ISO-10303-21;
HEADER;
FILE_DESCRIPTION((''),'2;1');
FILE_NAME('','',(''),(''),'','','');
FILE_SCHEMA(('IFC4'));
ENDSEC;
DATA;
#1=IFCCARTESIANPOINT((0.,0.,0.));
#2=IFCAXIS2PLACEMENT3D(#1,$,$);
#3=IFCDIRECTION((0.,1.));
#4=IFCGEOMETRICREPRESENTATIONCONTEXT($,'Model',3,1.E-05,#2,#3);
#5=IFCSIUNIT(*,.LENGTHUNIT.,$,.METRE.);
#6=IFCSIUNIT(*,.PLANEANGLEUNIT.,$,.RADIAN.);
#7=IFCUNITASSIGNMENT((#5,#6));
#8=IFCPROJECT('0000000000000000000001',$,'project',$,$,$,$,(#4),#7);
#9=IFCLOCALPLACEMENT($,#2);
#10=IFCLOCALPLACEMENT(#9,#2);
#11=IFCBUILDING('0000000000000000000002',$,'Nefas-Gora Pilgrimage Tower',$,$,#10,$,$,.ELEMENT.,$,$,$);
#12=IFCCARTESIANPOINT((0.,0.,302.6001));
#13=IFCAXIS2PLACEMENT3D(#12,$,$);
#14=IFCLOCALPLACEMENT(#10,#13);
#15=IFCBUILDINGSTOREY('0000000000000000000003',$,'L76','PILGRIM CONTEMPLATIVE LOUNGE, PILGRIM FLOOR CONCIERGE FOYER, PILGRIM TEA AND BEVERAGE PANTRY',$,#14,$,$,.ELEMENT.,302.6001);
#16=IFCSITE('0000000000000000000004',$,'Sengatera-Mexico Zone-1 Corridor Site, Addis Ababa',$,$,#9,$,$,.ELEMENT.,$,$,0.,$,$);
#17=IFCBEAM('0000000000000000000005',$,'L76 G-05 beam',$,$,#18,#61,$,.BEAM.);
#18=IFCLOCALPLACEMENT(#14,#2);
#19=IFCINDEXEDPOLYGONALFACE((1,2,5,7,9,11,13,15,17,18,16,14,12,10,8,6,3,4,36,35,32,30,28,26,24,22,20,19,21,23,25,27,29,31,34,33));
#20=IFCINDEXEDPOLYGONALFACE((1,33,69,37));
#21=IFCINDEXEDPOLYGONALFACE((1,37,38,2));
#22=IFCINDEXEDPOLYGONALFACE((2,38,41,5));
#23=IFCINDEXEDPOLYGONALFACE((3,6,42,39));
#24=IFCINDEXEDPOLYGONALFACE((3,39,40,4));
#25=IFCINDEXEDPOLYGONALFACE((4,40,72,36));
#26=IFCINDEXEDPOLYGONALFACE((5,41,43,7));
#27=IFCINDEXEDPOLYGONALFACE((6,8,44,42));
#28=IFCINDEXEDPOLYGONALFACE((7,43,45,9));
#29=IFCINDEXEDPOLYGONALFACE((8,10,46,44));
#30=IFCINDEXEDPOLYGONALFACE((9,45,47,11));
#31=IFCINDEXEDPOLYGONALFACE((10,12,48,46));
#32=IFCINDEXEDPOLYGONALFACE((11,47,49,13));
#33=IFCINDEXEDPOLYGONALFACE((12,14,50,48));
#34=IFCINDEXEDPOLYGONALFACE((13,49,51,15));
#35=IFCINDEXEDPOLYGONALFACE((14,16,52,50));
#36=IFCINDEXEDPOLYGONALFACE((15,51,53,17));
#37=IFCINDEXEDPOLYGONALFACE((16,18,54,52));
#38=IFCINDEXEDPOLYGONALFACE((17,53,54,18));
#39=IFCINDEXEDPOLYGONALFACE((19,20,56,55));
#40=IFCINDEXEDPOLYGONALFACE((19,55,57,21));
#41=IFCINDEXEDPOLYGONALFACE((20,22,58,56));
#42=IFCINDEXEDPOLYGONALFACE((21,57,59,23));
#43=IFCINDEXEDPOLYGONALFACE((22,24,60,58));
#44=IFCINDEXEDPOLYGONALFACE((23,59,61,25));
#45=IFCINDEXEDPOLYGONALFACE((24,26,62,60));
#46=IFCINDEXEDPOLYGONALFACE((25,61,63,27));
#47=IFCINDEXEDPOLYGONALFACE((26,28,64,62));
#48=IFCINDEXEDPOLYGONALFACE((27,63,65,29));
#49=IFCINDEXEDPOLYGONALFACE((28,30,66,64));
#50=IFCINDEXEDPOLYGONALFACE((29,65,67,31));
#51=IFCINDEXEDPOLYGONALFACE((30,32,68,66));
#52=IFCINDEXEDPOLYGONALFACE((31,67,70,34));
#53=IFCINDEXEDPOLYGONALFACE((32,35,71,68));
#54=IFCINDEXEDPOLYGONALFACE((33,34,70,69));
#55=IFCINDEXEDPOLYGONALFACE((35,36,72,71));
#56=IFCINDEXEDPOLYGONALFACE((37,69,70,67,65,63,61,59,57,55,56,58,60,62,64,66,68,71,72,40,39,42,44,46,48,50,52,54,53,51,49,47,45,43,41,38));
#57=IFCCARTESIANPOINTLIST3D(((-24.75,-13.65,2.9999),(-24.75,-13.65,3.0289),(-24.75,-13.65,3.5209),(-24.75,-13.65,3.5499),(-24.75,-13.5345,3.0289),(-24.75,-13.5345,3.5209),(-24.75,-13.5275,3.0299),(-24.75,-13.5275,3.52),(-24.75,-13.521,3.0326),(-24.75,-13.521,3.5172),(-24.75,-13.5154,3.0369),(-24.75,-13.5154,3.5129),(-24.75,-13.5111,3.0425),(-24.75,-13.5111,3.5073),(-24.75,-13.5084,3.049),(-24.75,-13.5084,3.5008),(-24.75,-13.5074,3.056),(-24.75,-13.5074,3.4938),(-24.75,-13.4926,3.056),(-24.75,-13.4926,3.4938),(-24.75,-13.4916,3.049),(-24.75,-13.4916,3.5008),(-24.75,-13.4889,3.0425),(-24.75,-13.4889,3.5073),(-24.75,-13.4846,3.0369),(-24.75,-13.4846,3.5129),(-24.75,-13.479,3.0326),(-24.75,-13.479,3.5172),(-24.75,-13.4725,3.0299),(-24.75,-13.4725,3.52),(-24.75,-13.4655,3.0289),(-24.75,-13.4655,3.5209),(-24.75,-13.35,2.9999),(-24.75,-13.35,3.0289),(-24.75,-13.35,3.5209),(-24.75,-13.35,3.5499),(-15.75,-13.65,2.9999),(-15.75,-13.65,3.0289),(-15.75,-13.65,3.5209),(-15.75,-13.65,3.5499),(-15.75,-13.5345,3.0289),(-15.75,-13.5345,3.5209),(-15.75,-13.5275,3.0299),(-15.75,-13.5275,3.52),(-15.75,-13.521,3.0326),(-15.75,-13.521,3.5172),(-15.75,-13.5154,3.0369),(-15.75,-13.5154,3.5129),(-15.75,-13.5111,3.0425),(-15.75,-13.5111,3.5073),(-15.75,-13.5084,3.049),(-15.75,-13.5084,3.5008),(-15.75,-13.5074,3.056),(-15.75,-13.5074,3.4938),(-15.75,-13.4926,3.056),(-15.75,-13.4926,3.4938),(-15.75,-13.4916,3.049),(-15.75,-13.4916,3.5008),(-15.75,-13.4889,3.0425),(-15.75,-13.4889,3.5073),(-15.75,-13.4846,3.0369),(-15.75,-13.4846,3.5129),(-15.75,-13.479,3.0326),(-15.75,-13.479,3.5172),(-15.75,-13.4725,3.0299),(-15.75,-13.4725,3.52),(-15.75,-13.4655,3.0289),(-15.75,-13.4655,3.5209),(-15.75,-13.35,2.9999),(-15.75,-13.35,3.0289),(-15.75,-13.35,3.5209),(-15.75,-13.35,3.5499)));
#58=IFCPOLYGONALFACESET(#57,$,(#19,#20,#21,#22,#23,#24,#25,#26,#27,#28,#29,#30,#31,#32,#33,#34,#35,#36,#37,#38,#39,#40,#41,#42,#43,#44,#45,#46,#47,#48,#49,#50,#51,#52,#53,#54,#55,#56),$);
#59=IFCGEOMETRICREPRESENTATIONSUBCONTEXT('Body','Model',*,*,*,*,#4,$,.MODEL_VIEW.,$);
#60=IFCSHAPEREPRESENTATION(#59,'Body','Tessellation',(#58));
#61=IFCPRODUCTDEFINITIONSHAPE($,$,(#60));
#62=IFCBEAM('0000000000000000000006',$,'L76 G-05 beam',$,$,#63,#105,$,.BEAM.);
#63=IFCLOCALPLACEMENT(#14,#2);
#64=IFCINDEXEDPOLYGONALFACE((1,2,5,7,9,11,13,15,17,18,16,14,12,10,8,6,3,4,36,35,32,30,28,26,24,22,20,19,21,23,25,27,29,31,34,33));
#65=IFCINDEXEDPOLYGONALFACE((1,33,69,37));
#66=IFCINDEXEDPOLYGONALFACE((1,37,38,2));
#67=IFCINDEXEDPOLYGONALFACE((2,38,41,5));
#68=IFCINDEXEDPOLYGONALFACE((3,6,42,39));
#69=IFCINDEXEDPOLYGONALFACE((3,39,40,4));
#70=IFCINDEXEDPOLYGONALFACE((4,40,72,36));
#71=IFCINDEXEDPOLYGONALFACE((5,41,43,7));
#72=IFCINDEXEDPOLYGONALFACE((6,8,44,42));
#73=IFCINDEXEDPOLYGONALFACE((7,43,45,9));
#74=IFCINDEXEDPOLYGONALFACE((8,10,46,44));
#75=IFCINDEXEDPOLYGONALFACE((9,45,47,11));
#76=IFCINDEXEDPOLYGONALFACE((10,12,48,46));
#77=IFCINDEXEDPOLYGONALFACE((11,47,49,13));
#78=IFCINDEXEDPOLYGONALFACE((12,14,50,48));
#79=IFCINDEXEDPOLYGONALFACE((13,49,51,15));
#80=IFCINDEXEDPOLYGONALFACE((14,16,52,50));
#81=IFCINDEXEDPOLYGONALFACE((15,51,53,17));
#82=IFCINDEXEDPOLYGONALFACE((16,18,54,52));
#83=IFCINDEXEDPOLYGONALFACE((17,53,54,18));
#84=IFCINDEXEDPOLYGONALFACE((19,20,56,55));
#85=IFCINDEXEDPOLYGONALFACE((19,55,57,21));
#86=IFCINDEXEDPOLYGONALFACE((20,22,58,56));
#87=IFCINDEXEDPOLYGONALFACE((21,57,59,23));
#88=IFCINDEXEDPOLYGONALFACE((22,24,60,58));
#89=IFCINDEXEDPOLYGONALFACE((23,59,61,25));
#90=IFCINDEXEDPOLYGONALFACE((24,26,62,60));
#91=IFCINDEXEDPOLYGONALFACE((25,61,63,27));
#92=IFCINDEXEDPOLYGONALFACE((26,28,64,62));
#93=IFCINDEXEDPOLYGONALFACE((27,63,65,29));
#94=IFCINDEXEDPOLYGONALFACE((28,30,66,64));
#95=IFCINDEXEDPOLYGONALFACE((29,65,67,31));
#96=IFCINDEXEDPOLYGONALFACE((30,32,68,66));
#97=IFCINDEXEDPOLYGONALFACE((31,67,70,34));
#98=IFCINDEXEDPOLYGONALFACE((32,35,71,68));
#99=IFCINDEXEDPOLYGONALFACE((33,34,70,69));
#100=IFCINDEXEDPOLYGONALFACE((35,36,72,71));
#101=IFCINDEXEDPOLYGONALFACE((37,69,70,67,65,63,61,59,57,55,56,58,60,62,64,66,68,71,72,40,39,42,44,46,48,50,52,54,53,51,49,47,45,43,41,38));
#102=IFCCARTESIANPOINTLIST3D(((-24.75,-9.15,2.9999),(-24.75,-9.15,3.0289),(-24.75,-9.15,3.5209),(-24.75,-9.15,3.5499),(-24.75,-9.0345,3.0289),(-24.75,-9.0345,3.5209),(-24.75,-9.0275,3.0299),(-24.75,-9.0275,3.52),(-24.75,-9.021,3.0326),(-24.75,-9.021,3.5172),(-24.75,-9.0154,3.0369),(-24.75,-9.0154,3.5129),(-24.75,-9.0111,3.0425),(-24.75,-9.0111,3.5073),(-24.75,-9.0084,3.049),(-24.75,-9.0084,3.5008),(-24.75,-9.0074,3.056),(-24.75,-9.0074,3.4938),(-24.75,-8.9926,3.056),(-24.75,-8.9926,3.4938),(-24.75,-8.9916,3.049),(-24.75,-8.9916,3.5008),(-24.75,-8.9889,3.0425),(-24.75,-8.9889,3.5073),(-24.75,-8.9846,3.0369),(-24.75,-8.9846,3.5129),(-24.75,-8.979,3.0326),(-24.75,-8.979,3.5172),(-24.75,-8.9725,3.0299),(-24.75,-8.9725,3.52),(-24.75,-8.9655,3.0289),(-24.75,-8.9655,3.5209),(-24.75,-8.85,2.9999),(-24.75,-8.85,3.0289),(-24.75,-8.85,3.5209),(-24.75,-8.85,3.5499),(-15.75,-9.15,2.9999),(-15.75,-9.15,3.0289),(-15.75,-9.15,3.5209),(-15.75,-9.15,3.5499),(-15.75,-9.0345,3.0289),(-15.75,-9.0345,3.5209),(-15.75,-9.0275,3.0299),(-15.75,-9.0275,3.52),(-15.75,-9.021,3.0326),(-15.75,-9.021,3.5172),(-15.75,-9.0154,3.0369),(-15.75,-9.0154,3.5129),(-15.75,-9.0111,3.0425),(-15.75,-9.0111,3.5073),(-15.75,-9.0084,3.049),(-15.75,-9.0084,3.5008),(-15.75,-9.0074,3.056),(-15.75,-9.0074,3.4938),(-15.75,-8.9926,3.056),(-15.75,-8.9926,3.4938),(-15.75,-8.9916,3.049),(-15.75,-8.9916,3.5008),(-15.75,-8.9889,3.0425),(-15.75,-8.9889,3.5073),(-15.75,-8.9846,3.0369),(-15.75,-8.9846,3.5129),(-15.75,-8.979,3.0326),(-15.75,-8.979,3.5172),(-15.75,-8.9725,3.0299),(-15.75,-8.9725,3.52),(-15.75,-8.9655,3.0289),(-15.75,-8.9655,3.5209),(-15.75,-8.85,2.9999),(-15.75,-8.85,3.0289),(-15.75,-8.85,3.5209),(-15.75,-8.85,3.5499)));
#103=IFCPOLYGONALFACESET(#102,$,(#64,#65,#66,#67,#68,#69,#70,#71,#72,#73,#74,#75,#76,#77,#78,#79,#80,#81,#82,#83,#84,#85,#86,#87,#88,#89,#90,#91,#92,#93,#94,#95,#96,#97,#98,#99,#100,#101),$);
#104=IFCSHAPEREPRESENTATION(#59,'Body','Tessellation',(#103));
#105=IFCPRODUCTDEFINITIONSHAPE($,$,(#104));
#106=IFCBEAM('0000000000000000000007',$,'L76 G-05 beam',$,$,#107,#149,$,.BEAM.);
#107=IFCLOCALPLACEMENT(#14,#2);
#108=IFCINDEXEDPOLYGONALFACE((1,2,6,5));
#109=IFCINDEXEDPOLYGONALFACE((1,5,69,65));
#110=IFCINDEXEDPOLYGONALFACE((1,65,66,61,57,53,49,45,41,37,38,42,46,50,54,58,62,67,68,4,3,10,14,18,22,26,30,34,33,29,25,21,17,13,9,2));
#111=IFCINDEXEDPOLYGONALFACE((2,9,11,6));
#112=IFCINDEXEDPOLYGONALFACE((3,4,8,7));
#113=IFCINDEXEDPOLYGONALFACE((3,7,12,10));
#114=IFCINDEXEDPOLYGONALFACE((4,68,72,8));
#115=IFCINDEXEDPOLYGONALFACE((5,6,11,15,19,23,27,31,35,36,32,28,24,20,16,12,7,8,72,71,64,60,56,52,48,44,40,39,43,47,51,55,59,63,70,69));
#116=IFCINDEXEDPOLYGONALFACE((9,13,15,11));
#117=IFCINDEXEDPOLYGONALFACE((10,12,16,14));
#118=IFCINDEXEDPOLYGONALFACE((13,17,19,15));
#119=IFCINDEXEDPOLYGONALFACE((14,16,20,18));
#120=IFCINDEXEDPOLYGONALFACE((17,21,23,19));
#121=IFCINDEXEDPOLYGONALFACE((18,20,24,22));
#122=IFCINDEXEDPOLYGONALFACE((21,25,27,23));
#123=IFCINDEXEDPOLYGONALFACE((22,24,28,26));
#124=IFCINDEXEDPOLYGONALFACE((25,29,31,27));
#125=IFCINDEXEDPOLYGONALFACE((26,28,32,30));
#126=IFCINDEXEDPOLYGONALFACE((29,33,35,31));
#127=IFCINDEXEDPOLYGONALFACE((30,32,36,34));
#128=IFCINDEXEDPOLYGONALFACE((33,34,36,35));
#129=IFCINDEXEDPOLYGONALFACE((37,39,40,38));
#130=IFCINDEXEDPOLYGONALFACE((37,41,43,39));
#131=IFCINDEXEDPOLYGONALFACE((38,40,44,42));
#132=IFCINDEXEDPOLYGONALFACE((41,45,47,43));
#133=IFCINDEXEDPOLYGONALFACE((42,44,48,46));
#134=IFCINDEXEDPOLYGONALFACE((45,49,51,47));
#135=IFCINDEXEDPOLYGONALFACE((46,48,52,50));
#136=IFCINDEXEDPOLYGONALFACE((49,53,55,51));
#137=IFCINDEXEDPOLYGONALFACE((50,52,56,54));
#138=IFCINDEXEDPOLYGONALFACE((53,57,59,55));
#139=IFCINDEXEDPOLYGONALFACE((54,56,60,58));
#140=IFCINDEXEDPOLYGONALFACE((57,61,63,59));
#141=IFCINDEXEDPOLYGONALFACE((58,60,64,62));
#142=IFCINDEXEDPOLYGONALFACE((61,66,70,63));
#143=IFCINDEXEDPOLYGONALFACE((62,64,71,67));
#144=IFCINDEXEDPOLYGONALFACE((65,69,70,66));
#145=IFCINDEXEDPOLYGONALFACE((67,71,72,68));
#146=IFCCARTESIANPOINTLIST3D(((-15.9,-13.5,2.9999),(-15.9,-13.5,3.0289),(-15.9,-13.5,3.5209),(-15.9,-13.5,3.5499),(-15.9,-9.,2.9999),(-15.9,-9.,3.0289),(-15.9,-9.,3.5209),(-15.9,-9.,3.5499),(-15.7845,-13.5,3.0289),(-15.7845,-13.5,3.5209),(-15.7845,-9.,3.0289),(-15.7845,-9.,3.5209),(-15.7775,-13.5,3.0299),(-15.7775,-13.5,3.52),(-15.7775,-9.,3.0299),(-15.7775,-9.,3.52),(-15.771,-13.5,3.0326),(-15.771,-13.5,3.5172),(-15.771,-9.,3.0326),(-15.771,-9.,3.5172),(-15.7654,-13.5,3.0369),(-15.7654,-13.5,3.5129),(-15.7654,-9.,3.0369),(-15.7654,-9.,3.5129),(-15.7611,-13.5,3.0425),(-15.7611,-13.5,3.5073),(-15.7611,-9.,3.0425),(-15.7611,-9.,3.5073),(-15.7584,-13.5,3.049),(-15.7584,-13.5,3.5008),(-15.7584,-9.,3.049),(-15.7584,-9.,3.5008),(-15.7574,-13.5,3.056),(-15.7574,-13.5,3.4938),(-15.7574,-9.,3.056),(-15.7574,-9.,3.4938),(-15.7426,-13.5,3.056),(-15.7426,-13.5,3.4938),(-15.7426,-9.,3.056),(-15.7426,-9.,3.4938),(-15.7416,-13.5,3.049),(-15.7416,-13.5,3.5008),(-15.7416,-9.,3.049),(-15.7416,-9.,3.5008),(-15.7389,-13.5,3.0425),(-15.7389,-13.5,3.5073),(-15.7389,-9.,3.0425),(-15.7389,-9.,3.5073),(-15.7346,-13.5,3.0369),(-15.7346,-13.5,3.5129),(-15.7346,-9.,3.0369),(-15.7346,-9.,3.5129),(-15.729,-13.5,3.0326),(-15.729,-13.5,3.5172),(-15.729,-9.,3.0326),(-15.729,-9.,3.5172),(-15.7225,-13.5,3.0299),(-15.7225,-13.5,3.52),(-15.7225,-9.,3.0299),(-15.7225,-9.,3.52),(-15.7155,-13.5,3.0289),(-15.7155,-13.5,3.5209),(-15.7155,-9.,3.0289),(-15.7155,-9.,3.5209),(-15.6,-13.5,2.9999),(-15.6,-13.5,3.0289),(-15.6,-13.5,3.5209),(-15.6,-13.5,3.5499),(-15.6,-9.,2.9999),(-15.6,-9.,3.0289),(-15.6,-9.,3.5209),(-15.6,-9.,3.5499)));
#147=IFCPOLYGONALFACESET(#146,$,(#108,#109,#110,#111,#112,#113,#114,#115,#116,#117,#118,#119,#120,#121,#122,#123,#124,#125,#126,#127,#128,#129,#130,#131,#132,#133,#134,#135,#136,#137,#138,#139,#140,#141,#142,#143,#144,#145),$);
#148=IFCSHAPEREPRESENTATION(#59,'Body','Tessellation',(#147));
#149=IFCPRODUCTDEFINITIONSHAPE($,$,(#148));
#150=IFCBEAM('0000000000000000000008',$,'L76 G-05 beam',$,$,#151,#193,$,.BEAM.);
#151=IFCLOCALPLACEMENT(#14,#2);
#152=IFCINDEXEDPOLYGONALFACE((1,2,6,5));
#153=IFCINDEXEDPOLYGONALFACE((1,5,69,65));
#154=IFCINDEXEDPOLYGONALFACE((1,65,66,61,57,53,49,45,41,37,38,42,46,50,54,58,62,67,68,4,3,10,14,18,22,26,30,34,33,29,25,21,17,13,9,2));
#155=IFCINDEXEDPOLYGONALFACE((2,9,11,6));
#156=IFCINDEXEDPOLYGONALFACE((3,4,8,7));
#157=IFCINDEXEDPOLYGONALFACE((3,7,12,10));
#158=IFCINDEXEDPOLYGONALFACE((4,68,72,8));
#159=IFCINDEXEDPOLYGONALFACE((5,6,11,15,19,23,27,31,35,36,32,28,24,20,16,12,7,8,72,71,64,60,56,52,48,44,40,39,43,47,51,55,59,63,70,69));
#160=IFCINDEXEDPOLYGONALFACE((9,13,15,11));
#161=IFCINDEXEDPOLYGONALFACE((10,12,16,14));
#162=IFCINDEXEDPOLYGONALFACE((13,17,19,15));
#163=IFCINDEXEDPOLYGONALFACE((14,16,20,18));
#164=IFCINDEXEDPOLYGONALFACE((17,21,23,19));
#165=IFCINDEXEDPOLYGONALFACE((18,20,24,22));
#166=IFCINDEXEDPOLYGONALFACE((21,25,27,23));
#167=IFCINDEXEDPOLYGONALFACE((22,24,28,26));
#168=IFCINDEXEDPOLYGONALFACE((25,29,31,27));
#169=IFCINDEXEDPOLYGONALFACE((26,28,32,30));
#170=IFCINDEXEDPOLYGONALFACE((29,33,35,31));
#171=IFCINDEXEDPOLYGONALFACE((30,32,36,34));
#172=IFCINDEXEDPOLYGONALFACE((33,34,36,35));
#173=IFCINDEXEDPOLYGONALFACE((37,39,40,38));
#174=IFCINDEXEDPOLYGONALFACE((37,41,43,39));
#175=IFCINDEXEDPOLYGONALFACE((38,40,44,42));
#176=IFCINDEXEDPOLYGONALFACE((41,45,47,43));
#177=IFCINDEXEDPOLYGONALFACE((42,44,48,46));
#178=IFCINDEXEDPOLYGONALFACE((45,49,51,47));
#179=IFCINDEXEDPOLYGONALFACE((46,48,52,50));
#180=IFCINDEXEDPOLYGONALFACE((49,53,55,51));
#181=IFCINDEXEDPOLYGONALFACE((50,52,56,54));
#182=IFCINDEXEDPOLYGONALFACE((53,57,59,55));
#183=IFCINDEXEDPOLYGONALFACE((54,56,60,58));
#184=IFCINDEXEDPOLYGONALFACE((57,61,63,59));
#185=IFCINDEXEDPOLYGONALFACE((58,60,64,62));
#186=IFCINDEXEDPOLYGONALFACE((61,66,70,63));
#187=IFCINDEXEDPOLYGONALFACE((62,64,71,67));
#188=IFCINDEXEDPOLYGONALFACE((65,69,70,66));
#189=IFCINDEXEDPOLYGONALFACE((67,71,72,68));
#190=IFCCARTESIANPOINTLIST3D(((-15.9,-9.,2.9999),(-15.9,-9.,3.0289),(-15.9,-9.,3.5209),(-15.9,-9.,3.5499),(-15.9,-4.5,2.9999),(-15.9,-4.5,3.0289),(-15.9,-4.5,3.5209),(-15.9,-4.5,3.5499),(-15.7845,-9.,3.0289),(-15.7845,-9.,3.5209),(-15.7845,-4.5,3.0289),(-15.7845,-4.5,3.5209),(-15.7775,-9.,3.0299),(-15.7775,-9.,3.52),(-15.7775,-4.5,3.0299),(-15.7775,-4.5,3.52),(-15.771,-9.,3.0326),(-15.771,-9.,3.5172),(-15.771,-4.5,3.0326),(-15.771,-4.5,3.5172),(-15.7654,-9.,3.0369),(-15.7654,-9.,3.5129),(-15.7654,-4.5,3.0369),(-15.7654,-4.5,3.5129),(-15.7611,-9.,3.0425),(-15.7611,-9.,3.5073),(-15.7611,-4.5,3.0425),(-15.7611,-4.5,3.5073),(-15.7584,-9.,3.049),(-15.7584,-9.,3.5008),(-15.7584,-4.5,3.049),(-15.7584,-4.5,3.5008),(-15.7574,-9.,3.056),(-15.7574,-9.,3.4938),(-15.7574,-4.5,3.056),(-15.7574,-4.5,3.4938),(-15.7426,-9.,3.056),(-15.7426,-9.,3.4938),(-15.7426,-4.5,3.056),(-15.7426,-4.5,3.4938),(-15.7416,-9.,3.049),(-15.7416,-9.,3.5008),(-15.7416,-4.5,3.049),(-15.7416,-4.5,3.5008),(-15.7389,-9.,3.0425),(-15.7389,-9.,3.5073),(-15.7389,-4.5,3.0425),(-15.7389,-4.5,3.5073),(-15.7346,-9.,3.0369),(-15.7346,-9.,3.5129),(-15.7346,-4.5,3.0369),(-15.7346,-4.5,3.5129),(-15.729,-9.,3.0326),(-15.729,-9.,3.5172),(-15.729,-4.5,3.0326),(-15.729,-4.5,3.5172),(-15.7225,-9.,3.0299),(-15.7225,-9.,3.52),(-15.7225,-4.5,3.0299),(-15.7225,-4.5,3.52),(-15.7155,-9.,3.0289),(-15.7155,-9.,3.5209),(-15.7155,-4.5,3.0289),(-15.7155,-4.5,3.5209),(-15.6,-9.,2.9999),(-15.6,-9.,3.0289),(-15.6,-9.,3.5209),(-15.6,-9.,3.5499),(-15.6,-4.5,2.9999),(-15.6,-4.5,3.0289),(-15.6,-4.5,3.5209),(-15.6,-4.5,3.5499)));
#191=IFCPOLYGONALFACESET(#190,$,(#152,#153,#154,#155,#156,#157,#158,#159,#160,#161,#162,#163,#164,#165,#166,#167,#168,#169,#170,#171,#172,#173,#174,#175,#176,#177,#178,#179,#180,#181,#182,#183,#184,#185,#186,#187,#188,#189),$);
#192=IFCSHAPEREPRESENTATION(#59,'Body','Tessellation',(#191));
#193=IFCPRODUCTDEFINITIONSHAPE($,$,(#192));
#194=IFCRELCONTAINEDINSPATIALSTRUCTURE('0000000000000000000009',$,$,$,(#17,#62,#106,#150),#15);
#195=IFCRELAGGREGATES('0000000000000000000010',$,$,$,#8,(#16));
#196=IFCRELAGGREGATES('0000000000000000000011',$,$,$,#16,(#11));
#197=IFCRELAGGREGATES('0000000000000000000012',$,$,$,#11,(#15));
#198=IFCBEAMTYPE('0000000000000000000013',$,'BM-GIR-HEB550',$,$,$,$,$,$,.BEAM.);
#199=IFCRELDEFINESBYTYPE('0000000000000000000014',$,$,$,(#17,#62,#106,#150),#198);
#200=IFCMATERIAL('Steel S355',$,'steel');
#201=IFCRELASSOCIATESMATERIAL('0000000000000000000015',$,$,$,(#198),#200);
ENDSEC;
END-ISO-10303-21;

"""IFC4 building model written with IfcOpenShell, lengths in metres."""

from ifc_helpers import new_model, si_unit, direction, frame, origin, origin_2d, place, context, subcontext, project, spatial, i_section, extrude, source, transform, mapped, material, material_profile, profile_set, type_object, element, save


model = new_model("IFC4")

# Units and contexts
model_context = context("Model", 3, precision=1e-05, world=origin(), true_north=direction((0.0, 1.0)))
body_context = subcontext(model_context, "Body", "Model", "MODEL_VIEW")
ifc_project = project(units=[si_unit("LENGTHUNIT", "METRE"), si_unit("PLANEANGLEUNIT", "RADIAN")], contexts=[model_context])

# Site, building, storey
site_placement = place(None, origin())
site = spatial("IfcSite", under=ifc_project, at=site_placement, Name="Sengatera-Mexico Zone-1 Corridor Site, Addis Ababa", CompositionType="ELEMENT", RefElevation=0.0)
building_placement = place(site_placement, origin())
building = spatial("IfcBuilding", under=site, at=building_placement, Name="Nefas-Gora Pilgrimage Tower", CompositionType="ELEMENT")
storey_placement = place(building_placement, frame((0.0, 0.0, 302.6001)))
storey = spatial("IfcBuildingStorey", under=building, at=storey_placement, Name="L76", Description="PILGRIM CONTEMPLATIVE LOUNGE, PILGRIM FLOOR CONCIERGE FOYER, PILGRIM TEA AND BEVERAGE PANTRY", CompositionType="ELEMENT", Elevation=302.6001)

# Shared definitions
ifc_material_1 = material(Name="Steel S355", Category="steel")

# Beams
ifc_material_profile_1 = material_profile(ifc_material_1, i_section(OverallWidth=0.3, OverallDepth=0.55, WebThickness=0.0149, FlangeThickness=0.0291, FilletRadius=0.0271, at=origin_2d()), Name="HEB 550")
ifc_profile_set_1 = profile_set([ifc_material_profile_1], Name="Steel S355")
beam_type_1 = type_object("IfcBeamType", Name="BM-GIR-HEB550", PredefinedType="BEAM", material=ifc_profile_set_1)
shared_shape_1 = source(origin(), body_context, "Body", "SweptSolid", [
    extrude(i_section(OverallWidth=0.3, OverallDepth=0.55, WebThickness=0.0149, FlangeThickness=0.0291, FilletRadius=0.0271, at=origin_2d()), origin(), (0.0, 0.0, 1.0), 9.0),
])
for number, where, z_axis, x_axis, name in (
    (1, (-24.75, -13.5, 3.2749), (1.0, 0.0, 0.0), (0.0, 1.0, 0.0), "L76 G-05 beam"),
    (2, (-24.75, -9.0, 3.2749), (1.0, 0.0, 0.0), (0.0, 1.0, 0.0), "L76 G-05 beam"),
):
    element("IfcBeam", number, at=place(storey_placement, frame(where, z_axis=z_axis, x_axis=x_axis)), inside=storey, type_object=beam_type_1, Name=name, PredefinedType="BEAM", context=body_context, shape_type="MappedRepresentation", body=[
        mapped(shared_shape_1, transform((0.0, 0.0, 0.0), x_axis=(1.0, 0.0, 0.0), y_axis=(0.0, 1.0, 0.0), z_axis=(0.0, 0.0, 1.0), scale=1.0)),
    ])
shared_shape_2 = source(origin(), body_context, "Body", "SweptSolid", [
    extrude(i_section(OverallWidth=0.3, OverallDepth=0.55, WebThickness=0.0149, FlangeThickness=0.0291, FilletRadius=0.0271, at=origin_2d()), origin(), (0.0, 0.0, 1.0), 4.5),
])
for number, where, z_axis, x_axis, name in (
    (3, (-15.75, -13.5, 3.2749), (0.0, 1.0, 0.0), (-1.0, 0.0, 0.0), "L76 G-05 beam"),
    (4, (-15.75, -9.0, 3.2749), (0.0, 1.0, 0.0), (-1.0, 0.0, 0.0), "L76 G-05 beam"),
):
    element("IfcBeam", number, at=place(storey_placement, frame(where, z_axis=z_axis, x_axis=x_axis)), inside=storey, type_object=beam_type_1, Name=name, PredefinedType="BEAM", context=body_context, shape_type="MappedRepresentation", body=[
        mapped(shared_shape_2, transform((0.0, 0.0, 0.0), x_axis=(1.0, 0.0, 0.0), y_axis=(0.0, 1.0, 0.0), z_axis=(0.0, 0.0, 1.0), scale=1.0)),
    ])

save(model, "model.ifc")
